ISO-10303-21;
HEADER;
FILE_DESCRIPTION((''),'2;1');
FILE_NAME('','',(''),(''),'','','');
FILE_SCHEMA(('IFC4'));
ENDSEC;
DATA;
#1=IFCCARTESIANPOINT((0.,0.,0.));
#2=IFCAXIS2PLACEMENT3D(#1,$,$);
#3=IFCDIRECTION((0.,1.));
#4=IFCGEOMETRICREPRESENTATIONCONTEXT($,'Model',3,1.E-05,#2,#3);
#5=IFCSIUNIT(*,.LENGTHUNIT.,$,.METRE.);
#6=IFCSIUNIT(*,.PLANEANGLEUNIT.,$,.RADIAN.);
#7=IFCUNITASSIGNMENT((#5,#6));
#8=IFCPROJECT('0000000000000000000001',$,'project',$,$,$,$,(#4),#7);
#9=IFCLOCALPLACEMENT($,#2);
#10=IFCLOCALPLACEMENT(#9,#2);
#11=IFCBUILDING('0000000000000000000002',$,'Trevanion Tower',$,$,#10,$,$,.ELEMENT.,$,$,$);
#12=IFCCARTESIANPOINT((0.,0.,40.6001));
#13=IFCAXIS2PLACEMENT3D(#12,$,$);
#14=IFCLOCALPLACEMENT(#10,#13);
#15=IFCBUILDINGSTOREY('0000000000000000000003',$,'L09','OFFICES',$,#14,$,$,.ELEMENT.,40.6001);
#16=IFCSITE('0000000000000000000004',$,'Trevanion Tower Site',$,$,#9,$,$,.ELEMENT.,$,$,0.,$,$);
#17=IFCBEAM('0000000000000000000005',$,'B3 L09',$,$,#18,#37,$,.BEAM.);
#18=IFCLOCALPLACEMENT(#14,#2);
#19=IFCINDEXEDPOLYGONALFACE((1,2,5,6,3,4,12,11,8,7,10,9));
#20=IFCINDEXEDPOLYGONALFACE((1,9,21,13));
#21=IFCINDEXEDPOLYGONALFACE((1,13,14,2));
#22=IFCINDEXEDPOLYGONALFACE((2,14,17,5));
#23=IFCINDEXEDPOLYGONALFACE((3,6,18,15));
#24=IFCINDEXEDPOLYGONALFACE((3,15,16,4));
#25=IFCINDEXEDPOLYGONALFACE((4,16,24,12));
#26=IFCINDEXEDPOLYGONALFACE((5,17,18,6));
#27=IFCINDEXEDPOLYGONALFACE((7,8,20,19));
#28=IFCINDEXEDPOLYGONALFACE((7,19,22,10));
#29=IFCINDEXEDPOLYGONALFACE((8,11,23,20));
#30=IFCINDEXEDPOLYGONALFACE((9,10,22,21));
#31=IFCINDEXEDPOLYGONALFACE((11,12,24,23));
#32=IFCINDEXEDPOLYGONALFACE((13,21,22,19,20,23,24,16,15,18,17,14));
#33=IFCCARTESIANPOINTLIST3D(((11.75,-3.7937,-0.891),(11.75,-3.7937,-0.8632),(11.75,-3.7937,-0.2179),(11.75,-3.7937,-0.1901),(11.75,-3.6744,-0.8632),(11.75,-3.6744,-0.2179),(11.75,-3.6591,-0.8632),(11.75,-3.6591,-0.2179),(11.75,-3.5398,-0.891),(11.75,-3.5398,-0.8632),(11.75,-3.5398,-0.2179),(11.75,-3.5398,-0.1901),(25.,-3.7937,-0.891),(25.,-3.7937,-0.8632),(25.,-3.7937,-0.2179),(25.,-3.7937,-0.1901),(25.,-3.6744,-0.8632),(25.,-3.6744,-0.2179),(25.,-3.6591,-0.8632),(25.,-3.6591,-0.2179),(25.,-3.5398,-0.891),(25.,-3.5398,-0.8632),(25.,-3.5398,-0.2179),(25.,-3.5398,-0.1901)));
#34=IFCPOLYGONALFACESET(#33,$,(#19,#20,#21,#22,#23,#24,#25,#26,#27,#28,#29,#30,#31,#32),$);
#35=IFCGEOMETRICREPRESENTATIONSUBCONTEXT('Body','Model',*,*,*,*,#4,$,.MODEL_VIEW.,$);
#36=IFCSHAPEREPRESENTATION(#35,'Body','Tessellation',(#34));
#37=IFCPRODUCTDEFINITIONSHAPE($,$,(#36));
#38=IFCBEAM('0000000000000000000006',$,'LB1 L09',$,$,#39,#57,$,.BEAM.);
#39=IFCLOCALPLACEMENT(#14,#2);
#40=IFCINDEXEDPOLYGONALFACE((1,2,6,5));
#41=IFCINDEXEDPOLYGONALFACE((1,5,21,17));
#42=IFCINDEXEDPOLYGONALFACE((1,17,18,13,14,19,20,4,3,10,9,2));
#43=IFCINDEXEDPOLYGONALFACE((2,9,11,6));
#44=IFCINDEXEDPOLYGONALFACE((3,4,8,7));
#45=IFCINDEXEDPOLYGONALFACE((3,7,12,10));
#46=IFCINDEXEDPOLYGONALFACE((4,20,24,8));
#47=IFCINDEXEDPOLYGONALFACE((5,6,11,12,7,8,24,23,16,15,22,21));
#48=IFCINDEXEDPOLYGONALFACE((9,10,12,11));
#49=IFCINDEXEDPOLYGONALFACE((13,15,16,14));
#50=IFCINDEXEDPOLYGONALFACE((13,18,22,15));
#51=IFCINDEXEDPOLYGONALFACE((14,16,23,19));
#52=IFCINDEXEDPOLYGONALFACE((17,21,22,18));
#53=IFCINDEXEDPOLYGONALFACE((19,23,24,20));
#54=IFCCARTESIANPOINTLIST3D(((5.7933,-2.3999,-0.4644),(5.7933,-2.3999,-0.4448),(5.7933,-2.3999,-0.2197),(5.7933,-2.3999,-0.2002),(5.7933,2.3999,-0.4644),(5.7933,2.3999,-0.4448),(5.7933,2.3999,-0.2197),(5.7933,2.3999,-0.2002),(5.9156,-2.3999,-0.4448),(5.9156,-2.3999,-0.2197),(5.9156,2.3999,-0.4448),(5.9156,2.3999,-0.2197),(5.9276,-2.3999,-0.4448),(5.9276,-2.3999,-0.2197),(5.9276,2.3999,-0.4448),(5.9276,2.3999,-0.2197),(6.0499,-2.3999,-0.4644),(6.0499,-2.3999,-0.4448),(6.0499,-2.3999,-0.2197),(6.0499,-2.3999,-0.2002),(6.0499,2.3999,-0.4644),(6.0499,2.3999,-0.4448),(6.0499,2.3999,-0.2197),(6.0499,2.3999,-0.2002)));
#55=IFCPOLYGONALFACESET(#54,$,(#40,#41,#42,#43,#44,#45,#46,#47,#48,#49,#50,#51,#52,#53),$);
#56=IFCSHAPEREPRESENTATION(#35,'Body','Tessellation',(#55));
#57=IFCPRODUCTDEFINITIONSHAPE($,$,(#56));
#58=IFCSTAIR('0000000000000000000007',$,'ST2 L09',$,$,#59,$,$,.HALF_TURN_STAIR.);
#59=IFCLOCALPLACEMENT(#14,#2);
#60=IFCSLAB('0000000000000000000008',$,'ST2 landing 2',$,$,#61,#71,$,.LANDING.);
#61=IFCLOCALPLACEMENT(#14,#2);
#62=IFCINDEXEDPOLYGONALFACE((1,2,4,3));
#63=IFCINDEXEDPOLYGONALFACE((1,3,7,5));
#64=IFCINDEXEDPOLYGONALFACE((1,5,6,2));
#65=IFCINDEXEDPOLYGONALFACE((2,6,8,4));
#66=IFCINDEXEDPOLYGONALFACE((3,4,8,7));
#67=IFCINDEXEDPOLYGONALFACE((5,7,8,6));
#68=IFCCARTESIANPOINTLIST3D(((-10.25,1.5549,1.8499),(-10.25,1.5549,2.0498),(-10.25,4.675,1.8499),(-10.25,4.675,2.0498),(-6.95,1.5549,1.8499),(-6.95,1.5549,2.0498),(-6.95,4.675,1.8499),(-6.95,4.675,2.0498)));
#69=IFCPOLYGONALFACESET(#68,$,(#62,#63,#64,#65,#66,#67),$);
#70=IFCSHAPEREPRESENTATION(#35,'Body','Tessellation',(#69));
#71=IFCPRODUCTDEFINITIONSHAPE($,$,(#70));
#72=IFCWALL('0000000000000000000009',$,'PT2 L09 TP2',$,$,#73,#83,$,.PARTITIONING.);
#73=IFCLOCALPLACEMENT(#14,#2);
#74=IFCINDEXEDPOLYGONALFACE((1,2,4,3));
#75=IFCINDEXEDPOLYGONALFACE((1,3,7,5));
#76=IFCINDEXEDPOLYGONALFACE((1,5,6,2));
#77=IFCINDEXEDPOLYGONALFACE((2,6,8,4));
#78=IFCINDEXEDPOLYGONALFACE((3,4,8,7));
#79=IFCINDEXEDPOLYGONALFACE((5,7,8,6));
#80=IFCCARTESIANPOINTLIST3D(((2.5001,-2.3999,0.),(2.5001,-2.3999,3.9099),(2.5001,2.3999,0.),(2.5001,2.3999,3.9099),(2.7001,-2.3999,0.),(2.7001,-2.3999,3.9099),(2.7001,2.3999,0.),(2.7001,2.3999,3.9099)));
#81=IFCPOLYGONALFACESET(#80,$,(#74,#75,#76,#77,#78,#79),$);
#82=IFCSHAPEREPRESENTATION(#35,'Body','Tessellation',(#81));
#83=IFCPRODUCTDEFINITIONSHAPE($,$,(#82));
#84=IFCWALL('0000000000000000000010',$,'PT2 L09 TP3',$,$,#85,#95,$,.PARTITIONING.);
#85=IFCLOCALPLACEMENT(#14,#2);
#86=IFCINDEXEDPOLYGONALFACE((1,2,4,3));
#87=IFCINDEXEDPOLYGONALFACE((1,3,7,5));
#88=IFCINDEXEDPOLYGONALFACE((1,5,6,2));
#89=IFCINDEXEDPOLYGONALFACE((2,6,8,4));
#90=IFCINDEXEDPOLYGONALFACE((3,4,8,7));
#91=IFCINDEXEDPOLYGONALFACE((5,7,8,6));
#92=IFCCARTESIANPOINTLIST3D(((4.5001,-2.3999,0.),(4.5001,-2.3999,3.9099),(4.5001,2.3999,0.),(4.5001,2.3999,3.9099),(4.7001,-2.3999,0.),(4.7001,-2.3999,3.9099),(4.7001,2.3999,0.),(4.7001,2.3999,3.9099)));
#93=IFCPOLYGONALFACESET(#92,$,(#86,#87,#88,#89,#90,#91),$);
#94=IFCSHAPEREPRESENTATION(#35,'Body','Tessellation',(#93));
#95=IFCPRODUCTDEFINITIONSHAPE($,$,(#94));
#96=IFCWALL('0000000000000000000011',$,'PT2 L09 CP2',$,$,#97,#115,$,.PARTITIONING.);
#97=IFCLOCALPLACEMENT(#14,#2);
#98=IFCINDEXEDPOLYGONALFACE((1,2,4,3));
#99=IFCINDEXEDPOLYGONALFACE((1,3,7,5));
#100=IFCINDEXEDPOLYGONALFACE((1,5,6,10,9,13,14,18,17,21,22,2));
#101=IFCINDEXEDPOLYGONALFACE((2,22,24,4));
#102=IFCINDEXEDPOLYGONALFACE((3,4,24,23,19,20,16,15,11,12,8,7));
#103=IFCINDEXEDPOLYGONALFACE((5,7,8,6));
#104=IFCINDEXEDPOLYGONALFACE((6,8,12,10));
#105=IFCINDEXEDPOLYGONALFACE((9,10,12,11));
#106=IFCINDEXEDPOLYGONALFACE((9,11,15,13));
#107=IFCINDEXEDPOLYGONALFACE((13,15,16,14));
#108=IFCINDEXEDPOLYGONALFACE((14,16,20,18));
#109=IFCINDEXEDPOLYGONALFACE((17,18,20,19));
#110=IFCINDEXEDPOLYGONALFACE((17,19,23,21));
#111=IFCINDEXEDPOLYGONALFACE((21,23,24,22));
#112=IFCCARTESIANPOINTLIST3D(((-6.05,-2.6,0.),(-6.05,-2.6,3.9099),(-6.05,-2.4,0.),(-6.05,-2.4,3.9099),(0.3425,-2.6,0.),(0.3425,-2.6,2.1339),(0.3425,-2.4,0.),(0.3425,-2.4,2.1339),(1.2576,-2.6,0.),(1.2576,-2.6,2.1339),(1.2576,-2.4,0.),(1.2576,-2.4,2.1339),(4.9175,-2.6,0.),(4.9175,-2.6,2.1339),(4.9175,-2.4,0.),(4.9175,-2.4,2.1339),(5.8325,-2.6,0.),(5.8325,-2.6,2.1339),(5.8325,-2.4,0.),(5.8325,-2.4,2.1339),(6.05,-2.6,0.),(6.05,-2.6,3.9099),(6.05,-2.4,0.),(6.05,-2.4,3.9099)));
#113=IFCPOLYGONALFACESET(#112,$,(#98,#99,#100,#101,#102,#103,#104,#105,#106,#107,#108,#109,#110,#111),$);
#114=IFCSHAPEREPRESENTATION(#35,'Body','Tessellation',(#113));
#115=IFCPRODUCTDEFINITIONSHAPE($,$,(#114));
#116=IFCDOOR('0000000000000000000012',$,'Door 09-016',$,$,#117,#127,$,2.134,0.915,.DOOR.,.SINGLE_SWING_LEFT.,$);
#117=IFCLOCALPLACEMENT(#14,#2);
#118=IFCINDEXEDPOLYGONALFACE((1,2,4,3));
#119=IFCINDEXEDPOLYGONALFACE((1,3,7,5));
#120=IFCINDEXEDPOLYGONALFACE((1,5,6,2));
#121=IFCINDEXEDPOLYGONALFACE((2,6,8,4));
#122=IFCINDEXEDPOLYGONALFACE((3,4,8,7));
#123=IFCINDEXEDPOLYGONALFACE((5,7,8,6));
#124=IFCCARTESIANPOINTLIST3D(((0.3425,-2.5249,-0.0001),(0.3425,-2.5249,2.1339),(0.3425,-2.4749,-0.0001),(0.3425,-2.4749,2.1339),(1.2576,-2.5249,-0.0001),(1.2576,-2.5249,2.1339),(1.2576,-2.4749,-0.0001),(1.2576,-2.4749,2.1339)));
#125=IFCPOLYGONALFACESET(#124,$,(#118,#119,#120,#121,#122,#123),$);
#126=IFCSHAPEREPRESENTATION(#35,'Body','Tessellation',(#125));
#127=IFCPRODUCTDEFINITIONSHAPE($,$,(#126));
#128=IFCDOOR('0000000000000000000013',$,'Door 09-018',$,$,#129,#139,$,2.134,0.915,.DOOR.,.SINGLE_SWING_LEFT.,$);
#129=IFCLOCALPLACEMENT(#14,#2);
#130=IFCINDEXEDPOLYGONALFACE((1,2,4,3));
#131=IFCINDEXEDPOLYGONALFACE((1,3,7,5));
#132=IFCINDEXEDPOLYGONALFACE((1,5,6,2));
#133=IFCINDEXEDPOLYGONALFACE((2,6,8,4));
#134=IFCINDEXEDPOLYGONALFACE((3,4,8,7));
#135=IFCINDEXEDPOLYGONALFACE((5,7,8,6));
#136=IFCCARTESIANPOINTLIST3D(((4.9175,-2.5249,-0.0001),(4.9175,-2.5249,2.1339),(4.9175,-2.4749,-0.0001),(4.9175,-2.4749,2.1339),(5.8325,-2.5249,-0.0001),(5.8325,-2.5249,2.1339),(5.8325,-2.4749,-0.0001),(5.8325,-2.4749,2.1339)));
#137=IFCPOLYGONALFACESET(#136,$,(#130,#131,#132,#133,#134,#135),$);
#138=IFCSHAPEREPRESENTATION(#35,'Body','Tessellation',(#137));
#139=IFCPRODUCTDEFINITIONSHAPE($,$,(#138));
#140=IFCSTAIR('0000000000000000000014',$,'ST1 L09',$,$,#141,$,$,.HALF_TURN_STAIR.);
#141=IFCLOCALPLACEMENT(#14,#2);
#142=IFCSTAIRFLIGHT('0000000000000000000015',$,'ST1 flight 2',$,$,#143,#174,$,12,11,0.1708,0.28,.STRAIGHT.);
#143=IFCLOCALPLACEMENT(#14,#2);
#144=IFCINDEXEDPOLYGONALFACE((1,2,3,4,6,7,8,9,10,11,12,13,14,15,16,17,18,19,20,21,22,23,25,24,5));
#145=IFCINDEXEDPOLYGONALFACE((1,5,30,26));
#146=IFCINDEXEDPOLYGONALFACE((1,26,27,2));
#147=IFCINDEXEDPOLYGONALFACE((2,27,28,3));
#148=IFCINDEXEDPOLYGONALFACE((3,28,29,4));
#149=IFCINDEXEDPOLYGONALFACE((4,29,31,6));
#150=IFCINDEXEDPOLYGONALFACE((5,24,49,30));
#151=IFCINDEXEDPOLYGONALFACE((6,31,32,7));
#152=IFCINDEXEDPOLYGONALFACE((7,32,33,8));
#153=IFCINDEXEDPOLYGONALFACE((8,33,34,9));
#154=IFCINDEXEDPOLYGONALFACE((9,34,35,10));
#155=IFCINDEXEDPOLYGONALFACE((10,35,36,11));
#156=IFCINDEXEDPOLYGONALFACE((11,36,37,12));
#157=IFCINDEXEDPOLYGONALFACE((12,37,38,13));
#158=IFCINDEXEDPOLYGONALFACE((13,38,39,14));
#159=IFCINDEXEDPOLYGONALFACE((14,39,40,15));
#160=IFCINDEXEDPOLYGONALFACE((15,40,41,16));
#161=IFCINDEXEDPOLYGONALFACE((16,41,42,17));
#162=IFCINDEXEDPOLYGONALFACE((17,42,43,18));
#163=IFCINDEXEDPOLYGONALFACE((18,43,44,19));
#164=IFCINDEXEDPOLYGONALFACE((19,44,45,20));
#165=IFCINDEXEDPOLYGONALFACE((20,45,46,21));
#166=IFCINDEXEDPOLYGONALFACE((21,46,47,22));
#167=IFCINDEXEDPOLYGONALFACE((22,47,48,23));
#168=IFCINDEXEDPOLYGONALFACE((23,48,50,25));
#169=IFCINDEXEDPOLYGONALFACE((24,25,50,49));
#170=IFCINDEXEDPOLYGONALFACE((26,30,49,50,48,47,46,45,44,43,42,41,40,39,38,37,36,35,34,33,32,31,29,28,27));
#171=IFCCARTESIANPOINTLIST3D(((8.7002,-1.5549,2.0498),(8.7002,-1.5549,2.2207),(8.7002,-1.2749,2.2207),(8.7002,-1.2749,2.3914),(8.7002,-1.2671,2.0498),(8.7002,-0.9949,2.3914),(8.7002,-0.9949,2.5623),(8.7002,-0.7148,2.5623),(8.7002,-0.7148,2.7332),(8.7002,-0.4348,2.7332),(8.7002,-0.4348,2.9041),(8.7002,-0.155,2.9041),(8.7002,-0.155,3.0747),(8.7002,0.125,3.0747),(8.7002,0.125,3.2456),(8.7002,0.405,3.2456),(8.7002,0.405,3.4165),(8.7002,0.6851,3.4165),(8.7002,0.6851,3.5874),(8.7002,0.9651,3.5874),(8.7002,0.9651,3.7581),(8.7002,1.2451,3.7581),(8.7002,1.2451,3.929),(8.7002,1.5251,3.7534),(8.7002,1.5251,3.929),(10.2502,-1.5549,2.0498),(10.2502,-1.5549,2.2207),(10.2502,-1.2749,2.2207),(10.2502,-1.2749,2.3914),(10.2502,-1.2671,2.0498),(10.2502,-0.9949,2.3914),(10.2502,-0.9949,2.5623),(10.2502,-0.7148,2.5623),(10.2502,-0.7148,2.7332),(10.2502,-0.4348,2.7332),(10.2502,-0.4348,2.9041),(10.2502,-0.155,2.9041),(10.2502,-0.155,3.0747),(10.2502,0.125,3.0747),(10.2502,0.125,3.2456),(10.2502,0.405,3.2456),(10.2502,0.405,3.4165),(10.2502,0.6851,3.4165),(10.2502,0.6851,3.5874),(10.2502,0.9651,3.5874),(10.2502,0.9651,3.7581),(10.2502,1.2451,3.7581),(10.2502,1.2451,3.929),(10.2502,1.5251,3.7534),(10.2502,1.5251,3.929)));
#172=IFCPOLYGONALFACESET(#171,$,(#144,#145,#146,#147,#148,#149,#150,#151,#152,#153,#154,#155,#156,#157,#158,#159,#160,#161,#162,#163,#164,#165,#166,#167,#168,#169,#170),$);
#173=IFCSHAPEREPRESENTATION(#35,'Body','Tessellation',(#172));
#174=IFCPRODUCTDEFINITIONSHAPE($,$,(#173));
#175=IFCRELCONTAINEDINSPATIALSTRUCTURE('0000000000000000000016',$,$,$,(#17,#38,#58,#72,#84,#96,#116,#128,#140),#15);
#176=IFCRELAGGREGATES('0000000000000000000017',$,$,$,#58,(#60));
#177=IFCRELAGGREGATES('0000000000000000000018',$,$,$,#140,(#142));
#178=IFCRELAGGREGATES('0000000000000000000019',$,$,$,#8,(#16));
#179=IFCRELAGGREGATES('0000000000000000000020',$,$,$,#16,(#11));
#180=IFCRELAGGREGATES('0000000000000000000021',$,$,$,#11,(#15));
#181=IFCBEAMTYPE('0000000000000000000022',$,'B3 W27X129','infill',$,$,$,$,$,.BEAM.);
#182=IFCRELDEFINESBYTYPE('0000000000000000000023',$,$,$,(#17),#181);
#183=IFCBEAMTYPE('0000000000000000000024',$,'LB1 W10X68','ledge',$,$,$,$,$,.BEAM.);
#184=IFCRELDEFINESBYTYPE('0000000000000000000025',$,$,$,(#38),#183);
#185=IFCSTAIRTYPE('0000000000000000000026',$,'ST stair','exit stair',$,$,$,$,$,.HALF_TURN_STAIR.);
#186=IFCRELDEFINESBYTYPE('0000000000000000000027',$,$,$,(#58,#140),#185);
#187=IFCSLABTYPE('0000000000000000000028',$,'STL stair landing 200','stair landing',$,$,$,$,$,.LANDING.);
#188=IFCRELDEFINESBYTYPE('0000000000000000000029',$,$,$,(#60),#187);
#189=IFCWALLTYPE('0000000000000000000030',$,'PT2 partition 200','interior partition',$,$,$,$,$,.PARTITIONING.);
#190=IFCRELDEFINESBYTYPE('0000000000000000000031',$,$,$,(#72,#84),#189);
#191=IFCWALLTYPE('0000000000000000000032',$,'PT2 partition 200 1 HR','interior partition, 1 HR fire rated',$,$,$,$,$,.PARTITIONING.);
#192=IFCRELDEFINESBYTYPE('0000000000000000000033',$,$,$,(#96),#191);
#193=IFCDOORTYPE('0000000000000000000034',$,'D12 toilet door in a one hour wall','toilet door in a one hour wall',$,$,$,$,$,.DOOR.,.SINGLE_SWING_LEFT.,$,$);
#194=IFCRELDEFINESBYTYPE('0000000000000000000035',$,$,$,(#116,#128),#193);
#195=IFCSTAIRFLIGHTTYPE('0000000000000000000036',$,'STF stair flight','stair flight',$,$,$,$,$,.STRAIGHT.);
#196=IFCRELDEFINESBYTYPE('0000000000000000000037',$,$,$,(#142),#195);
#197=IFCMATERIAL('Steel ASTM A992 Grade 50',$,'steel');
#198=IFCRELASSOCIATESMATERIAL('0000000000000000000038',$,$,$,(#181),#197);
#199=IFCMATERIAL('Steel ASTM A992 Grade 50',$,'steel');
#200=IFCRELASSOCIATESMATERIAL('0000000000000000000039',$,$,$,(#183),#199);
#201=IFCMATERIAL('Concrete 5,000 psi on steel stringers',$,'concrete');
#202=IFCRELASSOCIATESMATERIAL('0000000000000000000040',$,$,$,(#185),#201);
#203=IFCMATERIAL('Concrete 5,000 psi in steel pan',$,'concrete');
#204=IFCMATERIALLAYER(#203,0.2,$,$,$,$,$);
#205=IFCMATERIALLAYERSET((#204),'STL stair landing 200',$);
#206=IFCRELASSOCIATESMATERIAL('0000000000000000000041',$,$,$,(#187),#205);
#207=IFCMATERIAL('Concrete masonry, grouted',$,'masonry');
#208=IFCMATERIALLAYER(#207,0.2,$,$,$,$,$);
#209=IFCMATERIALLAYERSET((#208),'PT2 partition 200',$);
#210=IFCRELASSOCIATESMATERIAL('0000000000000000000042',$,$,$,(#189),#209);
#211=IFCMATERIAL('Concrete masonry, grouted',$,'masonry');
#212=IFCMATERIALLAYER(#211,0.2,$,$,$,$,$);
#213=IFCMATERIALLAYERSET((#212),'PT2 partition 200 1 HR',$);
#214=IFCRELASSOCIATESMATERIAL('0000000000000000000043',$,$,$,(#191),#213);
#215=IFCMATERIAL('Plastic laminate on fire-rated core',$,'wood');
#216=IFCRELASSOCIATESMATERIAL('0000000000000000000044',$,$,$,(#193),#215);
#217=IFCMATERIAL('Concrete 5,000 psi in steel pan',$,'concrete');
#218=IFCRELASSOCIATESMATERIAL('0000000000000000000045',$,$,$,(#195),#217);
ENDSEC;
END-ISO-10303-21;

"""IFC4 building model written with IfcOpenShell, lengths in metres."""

from ifc_helpers import new_model, si_unit, direction, frame, frame_2d, origin, origin_2d, place, context, subcontext, project, spatial, polyline, rectangle, i_section, outline, extrude, material, layer, layer_set, material_profile, profile_set, type_object, element, fill, aggregate, save


model = new_model("IFC4")

# Units and contexts
model_context = context("Model", 3, precision=1e-05, world=origin(), true_north=direction((0.0, 1.0)))
body_context = subcontext(model_context, "Body", "Model", "MODEL_VIEW")
ifc_project = project(units=[si_unit("LENGTHUNIT", "METRE"), si_unit("PLANEANGLEUNIT", "RADIAN")], contexts=[model_context])

# Site, building, storey
site_placement = place(None, origin())
site = spatial("IfcSite", under=ifc_project, at=site_placement, Name="Trevanion Tower Site", CompositionType="ELEMENT", RefElevation=0.0)
building_placement = place(site_placement, origin())
building = spatial("IfcBuilding", under=site, at=building_placement, Name="Trevanion Tower", CompositionType="ELEMENT")
storey_placement = place(building_placement, frame((0.0, 0.0, 40.6001)))
storey = spatial("IfcBuildingStorey", under=building, at=storey_placement, Name="L09", Description="OFFICES", CompositionType="ELEMENT", Elevation=40.6001)

# Beams
ifc_material_1 = material(Name="Steel ASTM A992 Grade 50", Category="steel")
ifc_material_profile_1 = material_profile(ifc_material_1, i_section(OverallWidth=0.2539, OverallDepth=0.7009, WebThickness=0.0154, FlangeThickness=0.0278, at=origin_2d()), Name="W27X129")
ifc_profile_set_1 = profile_set([ifc_material_profile_1], Name="Steel ASTM A992 Grade 50")
beam_type_1 = type_object("IfcBeamType", Name="B3 W27X129", Description="infill", PredefinedType="BEAM", material=ifc_profile_set_1)
beam_1_placement = place(storey_placement, frame((11.75, -3.6667, -0.5405), z_axis=(1.0, 0.0, 0.0), x_axis=(0.0, 1.0, 0.0)))
element("IfcBeam", 1, at=beam_1_placement, inside=storey, type_object=beam_type_1, Name="B3 L09", PredefinedType="BEAM", context=body_context, shape_type="SweptSolid", body=[
    extrude(i_section(OverallWidth=0.2539, OverallDepth=0.7009, WebThickness=0.0154, FlangeThickness=0.0278, at=origin_2d()), origin(), (0.0, 0.0, 1.0), 13.25),
])
ifc_material_2 = material(Name="Steel ASTM A992 Grade 50", Category="steel")
ifc_material_profile_2 = material_profile(ifc_material_2, i_section(OverallWidth=0.2566, OverallDepth=0.2642, WebThickness=0.012, FlangeThickness=0.0195, at=origin_2d()), Name="W10X68")
ifc_profile_set_2 = profile_set([ifc_material_profile_2], Name="Steel ASTM A992 Grade 50")
beam_type_2 = type_object("IfcBeamType", Name="LB1 W10X68", Description="ledge", PredefinedType="BEAM", material=ifc_profile_set_2)
beam_2_placement = place(storey_placement, frame((5.9216, -2.3999, -0.3323), z_axis=(0.0, 1.0, 0.0), x_axis=(-1.0, 0.0, 0.0)))
element("IfcBeam", 2, at=beam_2_placement, inside=storey, type_object=beam_type_2, Name="LB1 L09", PredefinedType="BEAM", context=body_context, shape_type="SweptSolid", body=[
    extrude(i_section(OverallWidth=0.2566, OverallDepth=0.2642, WebThickness=0.012, FlangeThickness=0.0195, at=origin_2d()), origin(), (0.0, 0.0, 1.0), 4.7998),
])

# Stair, slab
ifc_material_3 = material(Name="Concrete 5,000 psi on steel stringers", Category="concrete")
stair_type = type_object("IfcStairType", Name="ST stair", Description="exit stair", PredefinedType="HALF_TURN_STAIR", material=ifc_material_3)
stair_1_placement = place(storey_placement, origin())
stair_1 = element("IfcStair", 3, at=stair_1_placement, inside=storey, type_object=stair_type, Name="ST2 L09", PredefinedType="HALF_TURN_STAIR")
ifc_material_4 = material(Name="Concrete 5,000 psi in steel pan", Category="concrete")
ifc_layer_1 = layer(ifc_material_4, 0.2)
ifc_layer_set_1 = layer_set([ifc_layer_1], Name="STL stair landing 200")
slab_type = type_object("IfcSlabType", Name="STL stair landing 200", Description="stair landing", PredefinedType="LANDING", material=ifc_layer_set_1)
slab_placement = place(storey_placement, frame((0.0, 0.0, 1.8499)))
slab = element("IfcSlab", 4, at=slab_placement, type_object=slab_type, Name="ST2 landing 2", PredefinedType="LANDING", context=body_context, shape_type="SweptSolid", body=[
    extrude(outline(polyline([(-6.95, 4.675), (-10.25, 4.675), (-10.25, 1.5549), (-6.95, 1.5549), (-6.95, 4.675)])), origin(), (0.0, 0.0, 1.0), 0.2),
])
aggregate(stair_1, [slab])

# Walls
ifc_material_5 = material(Name="Concrete masonry, grouted", Category="masonry")
ifc_layer_2 = layer(ifc_material_5, 0.2)
ifc_layer_set_2 = layer_set([ifc_layer_2], Name="PT2 partition 200")
wall_type_1 = type_object("IfcWallType", Name="PT2 partition 200", Description="interior partition", PredefinedType="PARTITIONING", material=ifc_layer_set_2)
for number, where, z_axis, x_axis, name in (
    (5, (2.6001, -2.3999, 0.0), (0.0, 0.0, 1.0), (0.0, 1.0, 0.0), "PT2 L09 TP2"),
    (6, (4.6001, -2.3999, 0.0), (0.0, 0.0, 1.0), (0.0, 1.0, 0.0), "PT2 L09 TP3"),
):
    element("IfcWall", number, at=place(storey_placement, frame(where, z_axis=z_axis, x_axis=x_axis)), inside=storey, type_object=wall_type_1, Name=name, PredefinedType="PARTITIONING", context=body_context, shape_type="SweptSolid", body=[
        extrude(rectangle(XDim=4.7998, YDim=0.2, at=frame_2d((2.3999, 0.0))), origin(), (0.0, 0.0, 1.0), 3.9099),
    ])

# Wall, openings, doors
ifc_material_6 = material(Name="Concrete masonry, grouted", Category="masonry")
ifc_layer_3 = layer(ifc_material_6, 0.2)
ifc_layer_set_3 = layer_set([ifc_layer_3], Name="PT2 partition 200 1 HR")
wall_type_2 = type_object("IfcWallType", Name="PT2 partition 200 1 HR", Description="interior partition, 1 HR fire rated", PredefinedType="PARTITIONING", material=ifc_layer_set_3)
wall_placement = place(storey_placement, frame((6.05, -2.5, 0.0), z_axis=(0.0, 0.0, 1.0), x_axis=(-1.0, 0.0, 0.0)))
wall = element("IfcWall", 7, at=wall_placement, inside=storey, type_object=wall_type_2, Name="PT2 L09 CP2", PredefinedType="PARTITIONING", context=body_context, shape_type="SweptSolid", body=[
    extrude(rectangle(XDim=12.1001, YDim=0.2, at=frame_2d((6.05, 0.0))), origin(), (0.0, 0.0, 1.0), 3.9099),
])
opening_1_placement = place(wall_placement, frame((4.7925, 0.0, 0.0)))
opening_1 = element("IfcOpeningElement", 8, at=opening_1_placement, cuts=wall, PredefinedType="OPENING", context=body_context, shape_type="SweptSolid", body=[
    extrude(rectangle(XDim=0.915, YDim=2.134, at=frame_2d((0.4575, 1.0669))), frame((0.0, 0.1099, 0.0), z_axis=(0.0, -1.0, 0.0), x_axis=(1.0, 0.0, 0.0)), (0.0, 0.0, 1.0), 0.22),
])
opening_2_placement = place(wall_placement, frame((0.2175, 0.0, 0.0)))
opening_2 = element("IfcOpeningElement", 9, at=opening_2_placement, cuts=wall, PredefinedType="OPENING", context=body_context, shape_type="SweptSolid", body=[
    extrude(rectangle(XDim=0.915, YDim=2.134, at=frame_2d((0.4575, 1.0669))), frame((0.0, 0.1099, 0.0), z_axis=(0.0, -1.0, 0.0), x_axis=(1.0, 0.0, 0.0)), (0.0, 0.0, 1.0), 0.22),
])
ifc_material_7 = material(Name="Plastic laminate on fire-rated core", Category="wood")
door_type = type_object("IfcDoorType", Name="D12 toilet door in a one hour wall", Description="toilet door in a one hour wall", OperationType="SINGLE_SWING_LEFT", PredefinedType="DOOR", material=ifc_material_7)
door_1_placement = place(opening_1_placement, origin())
door_1 = element("IfcDoor", 10, at=door_1_placement, inside=storey, type_object=door_type, Name="Door 09-016", OperationType="SINGLE_SWING_LEFT", OverallHeight=2.134, OverallWidth=0.915, PredefinedType="DOOR", context=body_context, shape_type="SweptSolid", body=[
    extrude(rectangle(XDim=0.915, YDim=2.134, at=frame_2d((0.4575, 1.0669))), frame((0.0, 0.0249, 0.0), z_axis=(0.0, -1.0, 0.0), x_axis=(1.0, 0.0, 0.0)), (0.0, 0.0, 1.0), 0.05),
])
fill(opening_1, door_1)
door_2_placement = place(opening_2_placement, origin())
door_2 = element("IfcDoor", 11, at=door_2_placement, inside=storey, type_object=door_type, Name="Door 09-018", OperationType="SINGLE_SWING_LEFT", OverallHeight=2.134, OverallWidth=0.915, PredefinedType="DOOR", context=body_context, shape_type="SweptSolid", body=[
    extrude(rectangle(XDim=0.915, YDim=2.134, at=frame_2d((0.4575, 1.0669))), frame((0.0, 0.0249, 0.0), z_axis=(0.0, -1.0, 0.0), x_axis=(1.0, 0.0, 0.0)), (0.0, 0.0, 1.0), 0.05),
])
fill(opening_2, door_2)

# Stair, stair flight
stair_2_placement = place(storey_placement, origin())
stair_2 = element("IfcStair", 12, at=stair_2_placement, inside=storey, type_object=stair_type, Name="ST1 L09", PredefinedType="HALF_TURN_STAIR")
ifc_material_8 = material(Name="Concrete 5,000 psi in steel pan", Category="concrete")
stair_flight_type = type_object("IfcStairFlightType", Name="STF stair flight", Description="stair flight", PredefinedType="STRAIGHT", material=ifc_material_8)
stair_flight_placement = place(storey_placement, frame((9.4751, -1.5549, 2.0498), z_axis=(0.0, 0.0, 1.0), x_axis=(0.0, 1.0, 0.0)))
stair_flight = element("IfcStairFlight", 13, at=stair_flight_placement, type_object=stair_flight_type, Name="ST1 flight 2", NumberOfRisers=12, NumberOfTreads=11, PredefinedType="STRAIGHT", RiserHeight=0.1708, TreadLength=0.28, context=body_context, shape_type="SweptSolid", body=[
    extrude(outline(polyline([(0.0, 0.0), (0.0, 0.1709), (0.28, 0.1709), (0.28, 0.3416), (0.5601, 0.3416), (0.5601, 0.5125), (0.8401, 0.5125), (0.8401, 0.6833), (1.1201, 0.6833), (1.1201, 0.8542), (1.3999, 0.8542), (1.3999, 1.0249), (1.6799, 1.0249), (1.6799, 1.1958), (1.96, 1.1958), (1.96, 1.3667), (2.24, 1.3667), (2.24, 1.5376), (2.52, 1.5376), (2.52, 1.7083), (2.8, 1.7083), (2.8, 1.8792), (3.0801, 1.8792), (3.0801, 2.05), (3.0801, 1.7036), (0.2878, 0.0), (0.0, 0.0)])), frame((0.0, 0.7749, 0.0), z_axis=(0.0, -1.0, 0.0), x_axis=(1.0, 0.0, 0.0)), (0.0, 0.0, 1.0), 1.55),
])
aggregate(stair_2, [stair_flight])

save(model, "model.ifc")
